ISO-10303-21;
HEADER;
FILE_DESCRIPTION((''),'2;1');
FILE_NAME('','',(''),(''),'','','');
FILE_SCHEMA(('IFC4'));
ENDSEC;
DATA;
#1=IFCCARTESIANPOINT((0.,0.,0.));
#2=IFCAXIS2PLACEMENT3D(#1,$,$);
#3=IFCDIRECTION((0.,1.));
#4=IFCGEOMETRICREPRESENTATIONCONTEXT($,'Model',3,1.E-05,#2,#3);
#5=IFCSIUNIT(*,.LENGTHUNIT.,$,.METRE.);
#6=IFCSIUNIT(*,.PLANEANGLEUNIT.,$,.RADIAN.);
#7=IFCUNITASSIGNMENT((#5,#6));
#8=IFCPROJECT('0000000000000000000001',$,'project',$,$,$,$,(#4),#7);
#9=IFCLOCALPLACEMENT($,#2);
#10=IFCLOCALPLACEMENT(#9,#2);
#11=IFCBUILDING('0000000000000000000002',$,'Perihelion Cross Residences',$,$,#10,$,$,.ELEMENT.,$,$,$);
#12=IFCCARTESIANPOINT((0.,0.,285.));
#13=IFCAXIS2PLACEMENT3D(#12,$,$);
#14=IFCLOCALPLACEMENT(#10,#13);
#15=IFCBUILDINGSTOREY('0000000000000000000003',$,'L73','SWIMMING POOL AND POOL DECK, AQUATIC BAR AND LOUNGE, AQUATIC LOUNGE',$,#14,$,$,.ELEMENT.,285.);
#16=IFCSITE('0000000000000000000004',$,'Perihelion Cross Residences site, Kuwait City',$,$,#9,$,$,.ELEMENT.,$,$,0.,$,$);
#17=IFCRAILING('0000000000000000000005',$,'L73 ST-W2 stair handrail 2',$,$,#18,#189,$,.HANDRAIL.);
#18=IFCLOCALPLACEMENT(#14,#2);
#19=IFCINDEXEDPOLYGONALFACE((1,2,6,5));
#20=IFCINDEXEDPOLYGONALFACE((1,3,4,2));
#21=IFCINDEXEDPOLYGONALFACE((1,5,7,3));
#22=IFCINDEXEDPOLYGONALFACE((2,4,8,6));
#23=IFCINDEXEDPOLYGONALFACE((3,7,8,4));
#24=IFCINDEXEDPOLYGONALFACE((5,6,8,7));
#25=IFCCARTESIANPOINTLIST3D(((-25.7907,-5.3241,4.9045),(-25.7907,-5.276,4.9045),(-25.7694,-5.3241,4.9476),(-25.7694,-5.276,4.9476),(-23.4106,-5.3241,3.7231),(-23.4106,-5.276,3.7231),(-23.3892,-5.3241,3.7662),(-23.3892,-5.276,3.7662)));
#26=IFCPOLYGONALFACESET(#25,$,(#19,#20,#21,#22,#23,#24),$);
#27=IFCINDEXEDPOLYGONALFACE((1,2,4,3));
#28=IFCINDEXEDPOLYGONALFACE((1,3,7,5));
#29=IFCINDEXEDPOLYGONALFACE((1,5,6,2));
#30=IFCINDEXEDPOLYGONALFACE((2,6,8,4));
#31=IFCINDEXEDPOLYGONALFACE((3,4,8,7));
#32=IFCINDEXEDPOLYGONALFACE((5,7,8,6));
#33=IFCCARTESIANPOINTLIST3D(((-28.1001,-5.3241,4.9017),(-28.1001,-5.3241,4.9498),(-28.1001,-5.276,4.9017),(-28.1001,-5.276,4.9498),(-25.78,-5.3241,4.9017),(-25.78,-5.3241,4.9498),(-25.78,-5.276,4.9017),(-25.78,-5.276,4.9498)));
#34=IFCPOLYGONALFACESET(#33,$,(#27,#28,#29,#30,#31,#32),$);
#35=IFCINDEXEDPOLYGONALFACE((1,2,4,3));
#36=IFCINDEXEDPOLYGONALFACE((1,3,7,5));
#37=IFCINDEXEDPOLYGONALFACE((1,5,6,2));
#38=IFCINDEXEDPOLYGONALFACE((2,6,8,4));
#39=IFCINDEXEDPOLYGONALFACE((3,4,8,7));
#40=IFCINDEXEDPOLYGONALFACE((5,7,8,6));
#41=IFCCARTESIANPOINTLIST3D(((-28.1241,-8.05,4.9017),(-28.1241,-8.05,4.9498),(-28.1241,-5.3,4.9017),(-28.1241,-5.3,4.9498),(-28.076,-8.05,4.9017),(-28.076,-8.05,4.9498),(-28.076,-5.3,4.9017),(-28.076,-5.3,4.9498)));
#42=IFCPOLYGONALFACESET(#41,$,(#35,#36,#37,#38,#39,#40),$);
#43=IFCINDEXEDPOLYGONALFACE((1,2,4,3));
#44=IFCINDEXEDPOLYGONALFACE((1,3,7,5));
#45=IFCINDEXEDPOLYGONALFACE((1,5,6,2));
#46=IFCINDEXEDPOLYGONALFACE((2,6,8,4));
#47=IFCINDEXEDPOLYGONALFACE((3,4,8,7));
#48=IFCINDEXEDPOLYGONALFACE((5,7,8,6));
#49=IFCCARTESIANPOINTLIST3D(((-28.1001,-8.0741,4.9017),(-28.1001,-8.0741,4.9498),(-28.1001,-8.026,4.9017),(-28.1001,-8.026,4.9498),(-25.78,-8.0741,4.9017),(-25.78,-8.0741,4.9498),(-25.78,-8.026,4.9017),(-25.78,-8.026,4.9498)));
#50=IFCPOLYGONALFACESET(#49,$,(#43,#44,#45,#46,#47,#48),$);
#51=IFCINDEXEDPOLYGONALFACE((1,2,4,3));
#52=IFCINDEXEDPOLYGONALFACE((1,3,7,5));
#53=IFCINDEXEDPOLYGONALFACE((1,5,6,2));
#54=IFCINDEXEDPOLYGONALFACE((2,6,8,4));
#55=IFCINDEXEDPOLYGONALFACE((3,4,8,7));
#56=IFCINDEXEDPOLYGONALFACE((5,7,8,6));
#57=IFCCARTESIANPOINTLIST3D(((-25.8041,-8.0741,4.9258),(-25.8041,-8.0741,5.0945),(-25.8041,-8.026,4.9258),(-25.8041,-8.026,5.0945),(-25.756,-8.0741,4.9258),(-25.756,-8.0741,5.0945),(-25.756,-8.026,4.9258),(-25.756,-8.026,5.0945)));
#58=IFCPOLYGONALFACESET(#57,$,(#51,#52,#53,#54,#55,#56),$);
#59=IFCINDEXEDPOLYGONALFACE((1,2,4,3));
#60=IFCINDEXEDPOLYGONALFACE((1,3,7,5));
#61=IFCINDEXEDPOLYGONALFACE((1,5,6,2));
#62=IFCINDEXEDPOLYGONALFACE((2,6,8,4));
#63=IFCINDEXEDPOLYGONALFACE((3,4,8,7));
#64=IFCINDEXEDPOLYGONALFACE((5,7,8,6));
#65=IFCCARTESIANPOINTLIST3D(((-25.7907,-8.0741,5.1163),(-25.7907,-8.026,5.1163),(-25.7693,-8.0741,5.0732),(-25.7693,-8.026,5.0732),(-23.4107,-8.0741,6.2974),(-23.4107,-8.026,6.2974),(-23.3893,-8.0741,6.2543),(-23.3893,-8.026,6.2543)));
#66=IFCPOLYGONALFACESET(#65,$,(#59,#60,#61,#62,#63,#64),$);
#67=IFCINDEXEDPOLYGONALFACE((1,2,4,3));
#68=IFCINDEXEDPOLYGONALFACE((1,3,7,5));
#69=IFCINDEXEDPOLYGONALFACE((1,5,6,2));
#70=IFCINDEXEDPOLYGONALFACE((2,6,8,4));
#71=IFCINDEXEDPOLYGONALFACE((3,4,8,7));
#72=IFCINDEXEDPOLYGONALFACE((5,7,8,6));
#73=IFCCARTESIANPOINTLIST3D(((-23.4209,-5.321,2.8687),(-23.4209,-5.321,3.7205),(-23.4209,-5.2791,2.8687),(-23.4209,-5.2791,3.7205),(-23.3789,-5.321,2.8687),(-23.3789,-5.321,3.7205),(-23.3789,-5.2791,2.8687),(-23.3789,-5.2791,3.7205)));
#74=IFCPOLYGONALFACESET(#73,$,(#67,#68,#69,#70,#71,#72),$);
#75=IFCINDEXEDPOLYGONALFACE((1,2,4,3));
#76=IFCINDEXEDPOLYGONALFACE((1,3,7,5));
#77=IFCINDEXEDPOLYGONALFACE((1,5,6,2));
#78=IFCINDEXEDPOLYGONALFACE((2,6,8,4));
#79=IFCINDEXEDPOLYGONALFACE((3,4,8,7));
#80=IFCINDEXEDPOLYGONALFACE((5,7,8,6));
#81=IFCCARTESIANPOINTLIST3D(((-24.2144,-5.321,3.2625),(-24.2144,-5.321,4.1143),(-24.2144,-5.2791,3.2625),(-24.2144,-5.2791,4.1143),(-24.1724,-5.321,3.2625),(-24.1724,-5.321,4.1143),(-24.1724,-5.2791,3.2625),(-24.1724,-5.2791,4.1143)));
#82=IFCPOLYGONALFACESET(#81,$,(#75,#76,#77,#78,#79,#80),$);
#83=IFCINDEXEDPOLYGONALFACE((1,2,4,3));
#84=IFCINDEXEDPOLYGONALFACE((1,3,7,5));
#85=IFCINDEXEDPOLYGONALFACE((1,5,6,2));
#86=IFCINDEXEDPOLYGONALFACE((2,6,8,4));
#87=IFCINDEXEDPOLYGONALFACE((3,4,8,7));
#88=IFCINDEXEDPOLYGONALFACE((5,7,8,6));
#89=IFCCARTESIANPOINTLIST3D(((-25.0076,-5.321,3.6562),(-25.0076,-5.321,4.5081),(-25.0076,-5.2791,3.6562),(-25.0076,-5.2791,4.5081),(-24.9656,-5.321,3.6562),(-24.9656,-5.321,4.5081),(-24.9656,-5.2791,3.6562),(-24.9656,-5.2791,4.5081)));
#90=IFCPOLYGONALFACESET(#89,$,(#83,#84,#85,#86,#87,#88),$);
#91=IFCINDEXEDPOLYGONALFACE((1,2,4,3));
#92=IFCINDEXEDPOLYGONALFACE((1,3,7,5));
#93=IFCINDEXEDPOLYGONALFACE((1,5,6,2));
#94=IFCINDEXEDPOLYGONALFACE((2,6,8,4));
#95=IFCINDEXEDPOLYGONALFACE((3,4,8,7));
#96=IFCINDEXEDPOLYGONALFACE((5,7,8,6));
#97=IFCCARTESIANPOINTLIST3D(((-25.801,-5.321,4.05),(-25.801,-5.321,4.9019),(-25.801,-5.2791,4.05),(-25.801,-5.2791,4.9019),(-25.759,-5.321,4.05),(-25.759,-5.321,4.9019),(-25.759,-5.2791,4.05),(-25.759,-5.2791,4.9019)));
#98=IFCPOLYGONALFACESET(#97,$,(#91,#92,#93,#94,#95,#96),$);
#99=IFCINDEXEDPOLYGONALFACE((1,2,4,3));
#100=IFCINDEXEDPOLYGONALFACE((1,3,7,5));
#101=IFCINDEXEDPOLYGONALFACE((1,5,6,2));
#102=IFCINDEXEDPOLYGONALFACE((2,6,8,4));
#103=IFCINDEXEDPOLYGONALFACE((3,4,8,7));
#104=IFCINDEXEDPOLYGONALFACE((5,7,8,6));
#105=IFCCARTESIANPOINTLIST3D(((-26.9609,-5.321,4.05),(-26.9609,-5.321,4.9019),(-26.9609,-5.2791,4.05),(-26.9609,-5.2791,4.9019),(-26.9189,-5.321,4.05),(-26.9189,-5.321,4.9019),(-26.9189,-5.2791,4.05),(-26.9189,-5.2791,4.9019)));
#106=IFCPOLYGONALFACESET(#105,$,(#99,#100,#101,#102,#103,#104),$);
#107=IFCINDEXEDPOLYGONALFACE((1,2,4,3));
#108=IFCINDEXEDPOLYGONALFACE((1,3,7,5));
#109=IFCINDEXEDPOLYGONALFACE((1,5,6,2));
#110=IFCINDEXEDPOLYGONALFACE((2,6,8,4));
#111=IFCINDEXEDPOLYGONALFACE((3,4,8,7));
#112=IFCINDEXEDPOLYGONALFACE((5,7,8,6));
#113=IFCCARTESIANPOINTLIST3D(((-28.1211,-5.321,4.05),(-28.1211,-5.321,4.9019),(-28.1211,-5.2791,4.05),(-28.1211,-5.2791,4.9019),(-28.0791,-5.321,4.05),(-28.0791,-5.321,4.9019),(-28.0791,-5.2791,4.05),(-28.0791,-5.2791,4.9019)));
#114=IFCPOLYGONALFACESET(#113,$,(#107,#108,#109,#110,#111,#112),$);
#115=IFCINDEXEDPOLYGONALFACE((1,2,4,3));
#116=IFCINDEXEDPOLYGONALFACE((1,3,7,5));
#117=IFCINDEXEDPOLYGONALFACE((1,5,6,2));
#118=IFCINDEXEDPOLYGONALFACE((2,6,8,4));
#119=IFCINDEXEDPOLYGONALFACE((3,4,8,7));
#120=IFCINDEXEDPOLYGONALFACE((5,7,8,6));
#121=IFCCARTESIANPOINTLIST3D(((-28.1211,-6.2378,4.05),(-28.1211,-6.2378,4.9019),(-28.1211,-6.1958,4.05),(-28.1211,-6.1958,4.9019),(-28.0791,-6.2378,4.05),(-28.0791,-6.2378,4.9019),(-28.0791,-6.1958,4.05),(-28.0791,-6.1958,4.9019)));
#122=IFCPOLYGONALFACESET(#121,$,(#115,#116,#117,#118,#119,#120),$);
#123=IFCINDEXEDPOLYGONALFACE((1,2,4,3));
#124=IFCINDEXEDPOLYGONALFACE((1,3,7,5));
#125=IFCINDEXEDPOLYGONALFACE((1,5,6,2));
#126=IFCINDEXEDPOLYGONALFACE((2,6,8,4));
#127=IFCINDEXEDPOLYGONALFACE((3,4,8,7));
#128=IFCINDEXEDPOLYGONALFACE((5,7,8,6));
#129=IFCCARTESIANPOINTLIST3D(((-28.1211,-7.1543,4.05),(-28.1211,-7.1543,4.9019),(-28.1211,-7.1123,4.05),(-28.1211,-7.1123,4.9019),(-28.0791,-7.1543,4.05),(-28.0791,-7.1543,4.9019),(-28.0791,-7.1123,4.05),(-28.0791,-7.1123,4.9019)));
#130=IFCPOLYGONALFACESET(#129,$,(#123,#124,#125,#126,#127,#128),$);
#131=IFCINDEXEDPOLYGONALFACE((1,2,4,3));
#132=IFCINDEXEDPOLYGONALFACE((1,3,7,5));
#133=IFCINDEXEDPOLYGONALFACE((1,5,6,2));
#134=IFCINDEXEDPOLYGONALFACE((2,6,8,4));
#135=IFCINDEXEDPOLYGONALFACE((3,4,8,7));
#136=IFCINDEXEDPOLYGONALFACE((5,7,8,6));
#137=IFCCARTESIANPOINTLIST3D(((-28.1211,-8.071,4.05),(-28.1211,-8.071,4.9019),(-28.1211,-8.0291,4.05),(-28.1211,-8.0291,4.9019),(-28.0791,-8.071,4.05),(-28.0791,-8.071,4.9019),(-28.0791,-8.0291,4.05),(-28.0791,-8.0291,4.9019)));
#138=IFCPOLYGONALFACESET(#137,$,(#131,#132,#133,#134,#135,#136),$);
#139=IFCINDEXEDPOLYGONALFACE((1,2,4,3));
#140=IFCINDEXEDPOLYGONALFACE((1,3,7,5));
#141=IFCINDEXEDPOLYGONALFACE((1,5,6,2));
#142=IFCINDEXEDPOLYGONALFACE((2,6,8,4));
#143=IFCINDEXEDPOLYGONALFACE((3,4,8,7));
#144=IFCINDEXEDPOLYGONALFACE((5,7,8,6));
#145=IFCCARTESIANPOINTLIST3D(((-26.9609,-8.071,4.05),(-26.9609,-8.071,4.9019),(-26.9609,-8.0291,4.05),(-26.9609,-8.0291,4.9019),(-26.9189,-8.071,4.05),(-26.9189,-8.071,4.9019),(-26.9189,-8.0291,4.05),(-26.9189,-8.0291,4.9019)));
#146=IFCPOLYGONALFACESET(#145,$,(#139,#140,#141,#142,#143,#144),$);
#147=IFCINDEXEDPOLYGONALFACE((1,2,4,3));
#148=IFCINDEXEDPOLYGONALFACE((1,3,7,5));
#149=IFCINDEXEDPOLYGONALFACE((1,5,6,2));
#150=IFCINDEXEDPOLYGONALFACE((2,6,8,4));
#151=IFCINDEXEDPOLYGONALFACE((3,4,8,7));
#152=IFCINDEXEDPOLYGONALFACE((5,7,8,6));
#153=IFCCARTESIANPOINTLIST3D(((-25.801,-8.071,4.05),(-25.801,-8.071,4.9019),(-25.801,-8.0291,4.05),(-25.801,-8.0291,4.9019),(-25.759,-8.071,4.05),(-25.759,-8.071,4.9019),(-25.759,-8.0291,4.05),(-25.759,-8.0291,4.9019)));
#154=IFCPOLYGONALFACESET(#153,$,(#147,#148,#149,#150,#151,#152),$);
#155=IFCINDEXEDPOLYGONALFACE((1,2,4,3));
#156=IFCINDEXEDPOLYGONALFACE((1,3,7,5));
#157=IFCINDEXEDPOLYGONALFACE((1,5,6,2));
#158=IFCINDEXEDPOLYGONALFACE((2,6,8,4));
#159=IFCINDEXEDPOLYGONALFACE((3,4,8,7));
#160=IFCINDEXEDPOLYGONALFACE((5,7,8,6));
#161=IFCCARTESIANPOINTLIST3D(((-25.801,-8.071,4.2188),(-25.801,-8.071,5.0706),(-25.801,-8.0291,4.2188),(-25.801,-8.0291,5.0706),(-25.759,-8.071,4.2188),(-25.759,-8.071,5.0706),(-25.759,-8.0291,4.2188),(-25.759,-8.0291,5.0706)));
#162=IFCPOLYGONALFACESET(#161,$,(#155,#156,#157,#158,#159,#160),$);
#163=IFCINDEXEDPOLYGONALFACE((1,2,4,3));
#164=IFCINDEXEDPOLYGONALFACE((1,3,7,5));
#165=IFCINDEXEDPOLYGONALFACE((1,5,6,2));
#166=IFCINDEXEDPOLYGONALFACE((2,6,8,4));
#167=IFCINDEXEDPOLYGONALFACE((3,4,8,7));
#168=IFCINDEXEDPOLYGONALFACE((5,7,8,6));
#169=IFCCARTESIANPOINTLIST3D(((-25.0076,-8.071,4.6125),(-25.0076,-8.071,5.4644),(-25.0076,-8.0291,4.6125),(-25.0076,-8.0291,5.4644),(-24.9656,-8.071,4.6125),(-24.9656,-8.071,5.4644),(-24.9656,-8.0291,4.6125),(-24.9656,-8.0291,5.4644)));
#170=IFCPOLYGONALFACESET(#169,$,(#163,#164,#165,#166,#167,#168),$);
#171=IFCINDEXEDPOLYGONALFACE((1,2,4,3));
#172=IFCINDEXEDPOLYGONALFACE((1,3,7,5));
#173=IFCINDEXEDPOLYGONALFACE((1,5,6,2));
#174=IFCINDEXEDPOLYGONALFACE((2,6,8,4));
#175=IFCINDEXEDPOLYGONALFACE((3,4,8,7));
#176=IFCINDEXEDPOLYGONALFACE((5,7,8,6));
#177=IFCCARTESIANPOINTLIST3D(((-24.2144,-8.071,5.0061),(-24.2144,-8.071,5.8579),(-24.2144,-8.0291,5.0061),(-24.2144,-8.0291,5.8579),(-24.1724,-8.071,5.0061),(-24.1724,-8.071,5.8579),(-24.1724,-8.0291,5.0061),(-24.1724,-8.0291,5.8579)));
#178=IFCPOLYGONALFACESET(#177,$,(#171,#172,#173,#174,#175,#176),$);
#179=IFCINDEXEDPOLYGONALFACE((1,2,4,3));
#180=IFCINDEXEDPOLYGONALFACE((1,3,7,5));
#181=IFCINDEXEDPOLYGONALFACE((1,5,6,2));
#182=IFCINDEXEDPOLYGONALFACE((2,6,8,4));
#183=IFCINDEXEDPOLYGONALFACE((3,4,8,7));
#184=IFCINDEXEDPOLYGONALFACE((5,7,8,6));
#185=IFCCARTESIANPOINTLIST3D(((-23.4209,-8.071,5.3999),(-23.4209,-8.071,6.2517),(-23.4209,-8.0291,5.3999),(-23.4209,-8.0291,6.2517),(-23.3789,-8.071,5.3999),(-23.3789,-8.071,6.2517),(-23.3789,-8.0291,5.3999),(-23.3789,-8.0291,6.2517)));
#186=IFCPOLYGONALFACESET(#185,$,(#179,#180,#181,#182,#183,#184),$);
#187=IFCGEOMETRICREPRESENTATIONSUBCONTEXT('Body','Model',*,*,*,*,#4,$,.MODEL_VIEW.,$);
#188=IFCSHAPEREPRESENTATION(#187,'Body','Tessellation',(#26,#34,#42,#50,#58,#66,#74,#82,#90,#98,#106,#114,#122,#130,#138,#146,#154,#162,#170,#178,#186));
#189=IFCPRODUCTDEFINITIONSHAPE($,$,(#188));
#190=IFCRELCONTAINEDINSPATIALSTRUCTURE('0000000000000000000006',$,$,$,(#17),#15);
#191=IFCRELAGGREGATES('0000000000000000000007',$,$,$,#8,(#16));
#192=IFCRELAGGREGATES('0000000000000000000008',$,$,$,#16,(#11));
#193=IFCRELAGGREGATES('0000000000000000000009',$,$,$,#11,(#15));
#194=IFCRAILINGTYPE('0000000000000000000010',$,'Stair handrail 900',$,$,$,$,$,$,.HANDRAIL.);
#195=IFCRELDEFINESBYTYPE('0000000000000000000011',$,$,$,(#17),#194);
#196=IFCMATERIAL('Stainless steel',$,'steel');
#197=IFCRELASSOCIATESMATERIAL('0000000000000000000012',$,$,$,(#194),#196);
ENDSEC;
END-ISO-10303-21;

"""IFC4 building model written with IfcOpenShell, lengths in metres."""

from ifc_helpers import new_model, si_unit, direction, frame, origin, origin_2d, place, context, subcontext, project, spatial, rectangle, extrude, material, type_object, element, save


model = new_model("IFC4")

# Units and contexts
model_context = context("Model", 3, precision=1e-05, world=origin(), true_north=direction((0.0, 1.0)))
body_context = subcontext(model_context, "Body", "Model", "MODEL_VIEW")
ifc_project = project(units=[si_unit("LENGTHUNIT", "METRE"), si_unit("PLANEANGLEUNIT", "RADIAN")], contexts=[model_context])

# Site, building, storey
site_placement = place(None, origin())
site = spatial("IfcSite", under=ifc_project, at=site_placement, Name="Perihelion Cross Residences site, Kuwait City", CompositionType="ELEMENT", RefElevation=0.0)
building_placement = place(site_placement, origin())
building = spatial("IfcBuilding", under=site, at=building_placement, Name="Perihelion Cross Residences", CompositionType="ELEMENT")
storey_placement = place(building_placement, frame((0.0, 0.0, 285.0)))
storey = spatial("IfcBuildingStorey", under=building, at=storey_placement, Name="L73", Description="SWIMMING POOL AND POOL DECK, AQUATIC BAR AND LOUNGE, AQUATIC LOUNGE", CompositionType="ELEMENT", Elevation=285.0)

# Railing
ifc_material_1 = material(Name="Stainless steel", Category="steel")
railing_type_1 = type_object("IfcRailingType", Name="Stair handrail 900", PredefinedType="HANDRAIL", material=ifc_material_1)
railing_1_placement = place(storey_placement, frame((-23.3999, -5.3, 2.8687)))
element("IfcRailing", 1, at=railing_1_placement, inside=storey, type_object=railing_type_1, Name="L73 ST-W2 stair handrail 2", PredefinedType="HANDRAIL", context=body_context, shape_type="SweptSolid", body=[
    extrude(rectangle(XDim=0.0481, YDim=0.0481, at=origin_2d()), frame((0.0, 0.0, 0.876), z_axis=(-0.895728, 0.0, 0.444602), x_axis=(0.0, -1.0, 0.0)), (0.0, 0.0, 1.0), 2.6572),
    extrude(rectangle(XDim=0.0481, YDim=0.0481, at=origin_2d()), frame((-2.3801, 0.0, 2.0571), z_axis=(-1.0, 0.0, 0.0), x_axis=(0.0, -1.0, 0.0)), (0.0, 0.0, 1.0), 2.3201),
    extrude(rectangle(XDim=0.0481, YDim=0.0481, at=origin_2d()), frame((-4.7002, 0.0, 2.0571), z_axis=(0.0, -1.0, 0.0), x_axis=(1.0, 0.0, 0.0)), (0.0, 0.0, 1.0), 2.75),
    extrude(rectangle(XDim=0.0481, YDim=0.0481, at=origin_2d()), frame((-4.7002, -2.75, 2.0571), z_axis=(1.0, 0.0, 0.0), x_axis=(0.0, 1.0, 0.0)), (0.0, 0.0, 1.0), 2.3201),
    extrude(rectangle(XDim=0.0481, YDim=0.0481, at=origin_2d()), frame((-2.3801, -2.75, 2.0571), z_axis=(0.0, 0.0, 1.0), x_axis=(1.0, 0.0, 0.0)), (0.0, 0.0, 1.0), 0.1687),
    extrude(rectangle(XDim=0.0481, YDim=0.0481, at=origin_2d()), frame((-2.3801, -2.75, 2.2261), z_axis=(0.895765, 0.0, 0.444529), x_axis=(0.0, 1.0, 0.0)), (0.0, 0.0, 1.0), 2.657),
    extrude(rectangle(XDim=0.042, YDim=0.042, at=origin_2d()), origin(), (0.0, 0.0, 1.0), 0.8518),
    extrude(rectangle(XDim=0.042, YDim=0.042, at=origin_2d()), frame((-0.7935, 0.0, 0.3938)), (0.0, 0.0, 1.0), 0.8518),
    extrude(rectangle(XDim=0.042, YDim=0.042, at=origin_2d()), frame((-1.5867, 0.0, 0.7876)), (0.0, 0.0, 1.0), 0.8518),
    extrude(rectangle(XDim=0.042, YDim=0.042, at=origin_2d()), frame((-2.3801, 0.0, 1.1814)), (0.0, 0.0, 1.0), 0.8518),
    extrude(rectangle(XDim=0.042, YDim=0.042, at=origin_2d()), frame((-3.54, 0.0, 1.1814)), (0.0, 0.0, 1.0), 0.8518),
    extrude(rectangle(XDim=0.042, YDim=0.042, at=origin_2d()), frame((-4.7002, 0.0, 1.1814)), (0.0, 0.0, 1.0), 0.8518),
    extrude(rectangle(XDim=0.042, YDim=0.042, at=origin_2d()), frame((-4.7002, -0.9167, 1.1814)), (0.0, 0.0, 1.0), 0.8518),
    extrude(rectangle(XDim=0.042, YDim=0.042, at=origin_2d()), frame((-4.7002, -1.8333, 1.1814)), (0.0, 0.0, 1.0), 0.8518),
    extrude(rectangle(XDim=0.042, YDim=0.042, at=origin_2d()), frame((-4.7002, -2.75, 1.1814)), (0.0, 0.0, 1.0), 0.8518),
    extrude(rectangle(XDim=0.042, YDim=0.042, at=origin_2d()), frame((-3.54, -2.75, 1.1814)), (0.0, 0.0, 1.0), 0.8518),
    extrude(rectangle(XDim=0.042, YDim=0.042, at=origin_2d()), frame((-2.3801, -2.75, 1.1814)), (0.0, 0.0, 1.0), 0.8518),
    extrude(rectangle(XDim=0.042, YDim=0.042, at=origin_2d()), frame((-2.3801, -2.75, 1.3501)), (0.0, 0.0, 1.0), 0.8518),
    extrude(rectangle(XDim=0.042, YDim=0.042, at=origin_2d()), frame((-1.5867, -2.75, 1.7439)), (0.0, 0.0, 1.0), 0.8518),
    extrude(rectangle(XDim=0.042, YDim=0.042, at=origin_2d()), frame((-0.7935, -2.75, 2.1375)), (0.0, 0.0, 1.0), 0.8518),
    extrude(rectangle(XDim=0.042, YDim=0.042, at=origin_2d()), frame((0.0, -2.75, 2.5312)), (0.0, 0.0, 1.0), 0.8518),
])

save(model, "model.ifc")
